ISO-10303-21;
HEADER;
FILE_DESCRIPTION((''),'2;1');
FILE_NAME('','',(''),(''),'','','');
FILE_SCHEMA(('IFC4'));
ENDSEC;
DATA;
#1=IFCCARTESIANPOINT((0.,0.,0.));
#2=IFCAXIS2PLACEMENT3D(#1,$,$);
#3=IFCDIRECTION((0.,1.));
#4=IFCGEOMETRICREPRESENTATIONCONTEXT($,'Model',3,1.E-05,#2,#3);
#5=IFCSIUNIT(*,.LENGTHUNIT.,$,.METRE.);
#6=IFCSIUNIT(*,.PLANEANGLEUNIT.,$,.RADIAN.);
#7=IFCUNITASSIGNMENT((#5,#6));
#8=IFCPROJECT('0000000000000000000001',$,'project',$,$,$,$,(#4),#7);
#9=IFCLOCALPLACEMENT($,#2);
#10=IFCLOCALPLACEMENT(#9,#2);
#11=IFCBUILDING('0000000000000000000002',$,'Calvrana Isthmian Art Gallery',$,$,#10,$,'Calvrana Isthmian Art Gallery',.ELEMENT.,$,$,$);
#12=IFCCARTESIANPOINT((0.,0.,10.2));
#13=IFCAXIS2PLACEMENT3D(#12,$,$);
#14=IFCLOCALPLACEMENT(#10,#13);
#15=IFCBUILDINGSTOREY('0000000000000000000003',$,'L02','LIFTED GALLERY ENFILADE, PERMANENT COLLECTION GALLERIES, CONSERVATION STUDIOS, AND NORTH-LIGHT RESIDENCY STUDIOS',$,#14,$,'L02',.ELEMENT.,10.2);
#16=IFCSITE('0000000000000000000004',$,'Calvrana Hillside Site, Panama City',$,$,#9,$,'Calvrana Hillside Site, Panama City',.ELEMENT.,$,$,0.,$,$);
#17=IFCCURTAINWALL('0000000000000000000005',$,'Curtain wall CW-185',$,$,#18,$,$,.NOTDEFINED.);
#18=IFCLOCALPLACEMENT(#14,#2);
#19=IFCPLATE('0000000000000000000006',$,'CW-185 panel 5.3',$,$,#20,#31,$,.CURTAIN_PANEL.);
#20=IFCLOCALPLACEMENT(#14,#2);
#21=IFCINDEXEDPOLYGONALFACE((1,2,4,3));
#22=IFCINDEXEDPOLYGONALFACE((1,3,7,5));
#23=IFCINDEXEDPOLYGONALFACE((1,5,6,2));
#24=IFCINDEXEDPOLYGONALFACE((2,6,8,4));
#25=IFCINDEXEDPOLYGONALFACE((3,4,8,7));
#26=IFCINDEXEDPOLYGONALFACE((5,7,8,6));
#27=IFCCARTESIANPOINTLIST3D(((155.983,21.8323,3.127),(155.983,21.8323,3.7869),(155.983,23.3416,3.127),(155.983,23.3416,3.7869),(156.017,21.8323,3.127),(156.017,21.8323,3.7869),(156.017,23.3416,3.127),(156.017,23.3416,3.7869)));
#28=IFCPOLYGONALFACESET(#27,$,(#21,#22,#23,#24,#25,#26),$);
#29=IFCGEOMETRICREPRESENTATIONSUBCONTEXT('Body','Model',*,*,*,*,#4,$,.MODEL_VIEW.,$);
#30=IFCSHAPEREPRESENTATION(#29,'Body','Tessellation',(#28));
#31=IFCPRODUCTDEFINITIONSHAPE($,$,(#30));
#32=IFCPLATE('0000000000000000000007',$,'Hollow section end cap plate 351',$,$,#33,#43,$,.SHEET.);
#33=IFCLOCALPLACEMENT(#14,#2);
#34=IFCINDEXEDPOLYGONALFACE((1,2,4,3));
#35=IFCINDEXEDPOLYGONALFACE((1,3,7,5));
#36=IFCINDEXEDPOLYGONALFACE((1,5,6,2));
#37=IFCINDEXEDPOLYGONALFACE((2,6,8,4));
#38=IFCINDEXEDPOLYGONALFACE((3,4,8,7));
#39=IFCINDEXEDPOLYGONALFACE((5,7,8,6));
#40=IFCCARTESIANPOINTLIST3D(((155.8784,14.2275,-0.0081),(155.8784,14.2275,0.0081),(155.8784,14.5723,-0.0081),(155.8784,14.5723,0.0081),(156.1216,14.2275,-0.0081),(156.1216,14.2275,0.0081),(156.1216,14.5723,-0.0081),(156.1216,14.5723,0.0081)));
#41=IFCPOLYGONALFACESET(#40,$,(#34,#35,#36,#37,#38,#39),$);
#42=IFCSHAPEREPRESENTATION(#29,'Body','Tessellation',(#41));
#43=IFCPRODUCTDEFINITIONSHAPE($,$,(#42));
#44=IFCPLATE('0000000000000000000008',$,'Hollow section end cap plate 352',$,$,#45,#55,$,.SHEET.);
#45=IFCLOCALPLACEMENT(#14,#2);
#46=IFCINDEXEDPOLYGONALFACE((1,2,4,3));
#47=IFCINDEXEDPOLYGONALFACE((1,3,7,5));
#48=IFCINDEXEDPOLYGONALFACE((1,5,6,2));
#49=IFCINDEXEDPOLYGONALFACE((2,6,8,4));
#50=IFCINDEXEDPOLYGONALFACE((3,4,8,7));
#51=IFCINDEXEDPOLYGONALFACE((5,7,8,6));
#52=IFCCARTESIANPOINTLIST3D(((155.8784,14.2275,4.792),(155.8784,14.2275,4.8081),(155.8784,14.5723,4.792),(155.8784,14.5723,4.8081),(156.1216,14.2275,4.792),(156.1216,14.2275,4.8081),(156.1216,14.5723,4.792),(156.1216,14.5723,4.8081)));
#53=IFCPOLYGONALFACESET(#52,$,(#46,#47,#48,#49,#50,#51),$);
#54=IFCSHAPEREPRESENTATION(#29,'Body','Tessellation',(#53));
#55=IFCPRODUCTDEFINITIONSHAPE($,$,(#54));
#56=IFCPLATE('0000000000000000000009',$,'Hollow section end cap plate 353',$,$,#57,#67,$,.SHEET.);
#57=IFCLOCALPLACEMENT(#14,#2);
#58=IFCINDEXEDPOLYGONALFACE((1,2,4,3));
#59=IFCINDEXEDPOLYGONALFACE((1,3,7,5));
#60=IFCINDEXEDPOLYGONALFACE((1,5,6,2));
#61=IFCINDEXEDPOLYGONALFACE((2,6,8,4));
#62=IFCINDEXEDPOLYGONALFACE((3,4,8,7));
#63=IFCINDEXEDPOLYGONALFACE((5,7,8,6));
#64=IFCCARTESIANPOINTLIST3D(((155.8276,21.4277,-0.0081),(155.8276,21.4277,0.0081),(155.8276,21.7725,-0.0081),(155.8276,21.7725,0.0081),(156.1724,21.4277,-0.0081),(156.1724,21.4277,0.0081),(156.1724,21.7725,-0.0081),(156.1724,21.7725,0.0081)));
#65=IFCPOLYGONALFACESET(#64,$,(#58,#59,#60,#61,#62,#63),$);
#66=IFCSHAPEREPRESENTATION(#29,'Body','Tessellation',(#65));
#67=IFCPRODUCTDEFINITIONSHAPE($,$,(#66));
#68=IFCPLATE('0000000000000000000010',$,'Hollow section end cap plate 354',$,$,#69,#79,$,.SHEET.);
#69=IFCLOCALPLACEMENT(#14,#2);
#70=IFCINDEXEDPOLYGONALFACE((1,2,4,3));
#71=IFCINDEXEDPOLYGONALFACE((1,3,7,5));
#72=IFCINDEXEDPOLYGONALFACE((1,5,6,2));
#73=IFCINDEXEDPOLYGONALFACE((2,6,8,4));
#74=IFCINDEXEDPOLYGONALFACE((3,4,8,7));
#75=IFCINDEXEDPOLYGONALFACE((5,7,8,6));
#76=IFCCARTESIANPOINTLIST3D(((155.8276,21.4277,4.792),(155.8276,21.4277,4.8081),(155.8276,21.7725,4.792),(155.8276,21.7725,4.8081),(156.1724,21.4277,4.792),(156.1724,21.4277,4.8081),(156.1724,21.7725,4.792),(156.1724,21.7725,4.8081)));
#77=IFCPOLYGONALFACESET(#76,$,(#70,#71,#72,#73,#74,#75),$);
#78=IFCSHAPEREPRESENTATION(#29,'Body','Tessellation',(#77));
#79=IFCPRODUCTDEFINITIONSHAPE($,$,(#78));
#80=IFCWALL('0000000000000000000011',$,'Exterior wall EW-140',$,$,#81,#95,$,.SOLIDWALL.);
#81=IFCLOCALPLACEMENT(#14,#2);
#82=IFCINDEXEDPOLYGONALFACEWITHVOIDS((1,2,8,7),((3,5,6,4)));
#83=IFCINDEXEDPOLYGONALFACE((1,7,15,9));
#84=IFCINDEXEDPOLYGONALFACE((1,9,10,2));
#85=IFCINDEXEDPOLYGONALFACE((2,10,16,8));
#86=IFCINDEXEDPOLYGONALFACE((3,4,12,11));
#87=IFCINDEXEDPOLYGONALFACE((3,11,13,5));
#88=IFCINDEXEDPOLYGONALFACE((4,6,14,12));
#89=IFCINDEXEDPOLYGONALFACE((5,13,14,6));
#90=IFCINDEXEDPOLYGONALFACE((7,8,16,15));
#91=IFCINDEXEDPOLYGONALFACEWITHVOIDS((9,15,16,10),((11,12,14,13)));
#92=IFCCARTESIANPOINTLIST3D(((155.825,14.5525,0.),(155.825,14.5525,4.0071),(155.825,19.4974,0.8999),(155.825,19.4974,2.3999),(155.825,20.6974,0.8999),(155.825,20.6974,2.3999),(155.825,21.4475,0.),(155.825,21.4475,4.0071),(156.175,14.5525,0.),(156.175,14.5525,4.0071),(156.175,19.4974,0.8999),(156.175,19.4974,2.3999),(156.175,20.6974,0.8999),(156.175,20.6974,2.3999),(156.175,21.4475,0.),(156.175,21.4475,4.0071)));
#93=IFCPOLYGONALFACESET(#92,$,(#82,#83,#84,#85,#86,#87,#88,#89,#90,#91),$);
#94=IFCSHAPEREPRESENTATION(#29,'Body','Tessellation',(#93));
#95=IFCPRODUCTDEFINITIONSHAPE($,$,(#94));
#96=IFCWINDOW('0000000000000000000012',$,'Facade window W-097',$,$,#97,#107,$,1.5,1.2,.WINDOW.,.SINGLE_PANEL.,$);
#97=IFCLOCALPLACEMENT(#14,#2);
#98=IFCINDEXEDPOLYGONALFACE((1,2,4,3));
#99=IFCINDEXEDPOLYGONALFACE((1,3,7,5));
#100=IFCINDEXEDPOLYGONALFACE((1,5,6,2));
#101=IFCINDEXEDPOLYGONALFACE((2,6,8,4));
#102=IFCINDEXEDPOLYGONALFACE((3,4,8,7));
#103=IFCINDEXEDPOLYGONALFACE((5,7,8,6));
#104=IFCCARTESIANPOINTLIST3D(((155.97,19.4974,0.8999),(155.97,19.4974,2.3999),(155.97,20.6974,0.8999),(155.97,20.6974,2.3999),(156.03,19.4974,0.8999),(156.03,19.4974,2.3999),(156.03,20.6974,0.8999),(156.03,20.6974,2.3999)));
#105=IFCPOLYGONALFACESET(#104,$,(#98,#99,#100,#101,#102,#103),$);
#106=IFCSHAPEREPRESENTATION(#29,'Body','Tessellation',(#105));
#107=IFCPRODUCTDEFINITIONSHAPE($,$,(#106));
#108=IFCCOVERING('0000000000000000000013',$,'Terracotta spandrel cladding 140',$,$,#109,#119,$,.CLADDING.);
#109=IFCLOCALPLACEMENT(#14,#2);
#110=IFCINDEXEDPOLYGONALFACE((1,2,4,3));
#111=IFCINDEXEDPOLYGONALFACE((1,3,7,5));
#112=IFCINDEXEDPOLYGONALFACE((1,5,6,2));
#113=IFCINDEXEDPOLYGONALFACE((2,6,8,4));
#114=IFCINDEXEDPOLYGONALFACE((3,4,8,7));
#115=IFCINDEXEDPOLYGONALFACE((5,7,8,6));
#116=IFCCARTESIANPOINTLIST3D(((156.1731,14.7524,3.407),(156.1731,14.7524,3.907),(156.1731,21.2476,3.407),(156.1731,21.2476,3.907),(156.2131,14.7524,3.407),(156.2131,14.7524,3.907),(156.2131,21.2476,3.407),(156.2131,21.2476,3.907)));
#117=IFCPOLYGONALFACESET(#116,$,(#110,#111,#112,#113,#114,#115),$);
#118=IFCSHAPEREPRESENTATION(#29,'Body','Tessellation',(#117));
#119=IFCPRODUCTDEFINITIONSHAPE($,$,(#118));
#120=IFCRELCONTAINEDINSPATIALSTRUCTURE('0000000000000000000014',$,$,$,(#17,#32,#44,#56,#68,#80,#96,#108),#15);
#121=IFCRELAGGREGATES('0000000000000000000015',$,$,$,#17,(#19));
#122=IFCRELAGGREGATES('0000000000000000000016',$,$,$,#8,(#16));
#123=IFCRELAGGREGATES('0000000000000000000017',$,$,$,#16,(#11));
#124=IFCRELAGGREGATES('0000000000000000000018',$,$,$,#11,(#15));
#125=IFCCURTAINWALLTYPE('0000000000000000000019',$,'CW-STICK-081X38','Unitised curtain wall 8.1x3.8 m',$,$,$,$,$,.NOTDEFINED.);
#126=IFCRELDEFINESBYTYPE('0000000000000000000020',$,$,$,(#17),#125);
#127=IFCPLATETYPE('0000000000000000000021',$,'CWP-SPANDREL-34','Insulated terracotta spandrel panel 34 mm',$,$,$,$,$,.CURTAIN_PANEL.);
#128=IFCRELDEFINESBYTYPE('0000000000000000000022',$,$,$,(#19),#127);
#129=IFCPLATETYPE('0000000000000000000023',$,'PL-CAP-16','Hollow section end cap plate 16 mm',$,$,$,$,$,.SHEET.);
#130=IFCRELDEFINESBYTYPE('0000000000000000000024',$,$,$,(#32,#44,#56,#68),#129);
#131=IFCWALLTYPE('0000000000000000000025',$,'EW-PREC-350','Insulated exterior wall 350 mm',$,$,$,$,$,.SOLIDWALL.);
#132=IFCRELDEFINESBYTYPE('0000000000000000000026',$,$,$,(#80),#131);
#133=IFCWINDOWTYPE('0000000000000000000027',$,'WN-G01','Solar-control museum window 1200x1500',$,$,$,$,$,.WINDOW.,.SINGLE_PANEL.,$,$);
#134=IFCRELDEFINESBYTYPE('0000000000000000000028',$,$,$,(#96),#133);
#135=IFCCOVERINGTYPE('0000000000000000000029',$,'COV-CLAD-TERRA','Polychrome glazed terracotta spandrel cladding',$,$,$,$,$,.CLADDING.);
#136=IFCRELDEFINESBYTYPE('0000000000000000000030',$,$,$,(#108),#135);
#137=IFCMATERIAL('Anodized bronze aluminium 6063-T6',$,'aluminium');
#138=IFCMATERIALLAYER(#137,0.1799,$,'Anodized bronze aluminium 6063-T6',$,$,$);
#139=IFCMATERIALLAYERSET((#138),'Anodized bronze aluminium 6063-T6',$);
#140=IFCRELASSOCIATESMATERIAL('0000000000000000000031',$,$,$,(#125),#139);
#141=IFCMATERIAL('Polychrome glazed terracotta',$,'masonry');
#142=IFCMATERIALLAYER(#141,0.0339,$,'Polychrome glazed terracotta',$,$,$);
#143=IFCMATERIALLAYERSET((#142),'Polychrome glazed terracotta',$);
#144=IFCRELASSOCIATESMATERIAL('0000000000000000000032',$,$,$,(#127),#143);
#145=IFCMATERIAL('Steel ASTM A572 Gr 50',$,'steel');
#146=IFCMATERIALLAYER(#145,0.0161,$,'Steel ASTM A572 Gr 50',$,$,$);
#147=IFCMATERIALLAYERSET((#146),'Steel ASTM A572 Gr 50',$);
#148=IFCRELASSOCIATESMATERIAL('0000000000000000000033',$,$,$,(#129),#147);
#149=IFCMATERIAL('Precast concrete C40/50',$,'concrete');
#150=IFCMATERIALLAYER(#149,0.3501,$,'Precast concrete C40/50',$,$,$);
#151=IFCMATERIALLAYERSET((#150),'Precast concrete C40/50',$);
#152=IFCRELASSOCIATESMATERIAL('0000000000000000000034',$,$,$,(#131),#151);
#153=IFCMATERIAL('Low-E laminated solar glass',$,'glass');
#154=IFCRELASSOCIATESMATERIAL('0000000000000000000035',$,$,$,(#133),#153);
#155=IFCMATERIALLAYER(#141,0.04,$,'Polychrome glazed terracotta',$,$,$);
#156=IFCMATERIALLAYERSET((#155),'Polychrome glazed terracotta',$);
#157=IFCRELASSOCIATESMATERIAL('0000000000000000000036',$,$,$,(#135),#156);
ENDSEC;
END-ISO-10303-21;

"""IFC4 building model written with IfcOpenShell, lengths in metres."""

from ifc_helpers import new_model, si_unit, direction, frame, frame_2d, origin, origin_2d, place, context, subcontext, project, spatial, rectangle, extrude, material, layer, layer_set, type_object, element, fill, aggregate, save


model = new_model("IFC4")

# Units and contexts
model_context = context("Model", 3, precision=1e-05, world=origin(), true_north=direction((0.0, 1.0)))
body_context = subcontext(model_context, "Body", "Model", "MODEL_VIEW")
ifc_project = project(units=[si_unit("LENGTHUNIT", "METRE"), si_unit("PLANEANGLEUNIT", "RADIAN")], contexts=[model_context])

# Site, building, storey
site_placement = place(None, origin())
site = spatial("IfcSite", under=ifc_project, at=site_placement, Name="Calvrana Hillside Site, Panama City", LongName="Calvrana Hillside Site, Panama City", CompositionType="ELEMENT", RefElevation=0.0)
building_placement = place(site_placement, origin())
building = spatial("IfcBuilding", under=site, at=building_placement, Name="Calvrana Isthmian Art Gallery", LongName="Calvrana Isthmian Art Gallery", CompositionType="ELEMENT")
storey_placement = place(building_placement, frame((0.0, 0.0, 10.2)))
storey = spatial("IfcBuildingStorey", under=building, at=storey_placement, Name="L02", Description="LIFTED GALLERY ENFILADE, PERMANENT COLLECTION GALLERIES, CONSERVATION STUDIOS, AND NORTH-LIGHT RESIDENCY STUDIOS", LongName="L02", CompositionType="ELEMENT", Elevation=10.2)

# Curtain wall, plate
ifc_material_1 = material(Name="Anodized bronze aluminium 6063-T6", Category="aluminium")
ifc_layer_1 = layer(ifc_material_1, 0.1799, Name="Anodized bronze aluminium 6063-T6")
ifc_layer_set_1 = layer_set([ifc_layer_1], Name="Anodized bronze aluminium 6063-T6")
curtain_wall_type = type_object("IfcCurtainWallType", Name="CW-STICK-081X38", Description="Unitised curtain wall 8.1x3.8 m", PredefinedType="NOTDEFINED", material=ifc_layer_set_1)
curtain_wall_placement = place(storey_placement, origin())
curtain_wall = element("IfcCurtainWall", 1, at=curtain_wall_placement, inside=storey, type_object=curtain_wall_type, Name="Curtain wall CW-185", PredefinedType="NOTDEFINED")
ifc_material_2 = material(Name="Polychrome glazed terracotta", Category="masonry")
ifc_layer_2 = layer(ifc_material_2, 0.0339, Name="Polychrome glazed terracotta")
ifc_layer_set_2 = layer_set([ifc_layer_2], Name="Polychrome glazed terracotta")
plate_type_1 = type_object("IfcPlateType", Name="CWP-SPANDREL-34", Description="Insulated terracotta spandrel panel 34 mm", PredefinedType="CURTAIN_PANEL", material=ifc_layer_set_2)
plate_1_placement = place(storey_placement, frame((156.0, 22.5869, 3.127), z_axis=(0.0, 0.0, 1.0), x_axis=(0.0, -1.0, 0.0)))
plate_1 = element("IfcPlate", 2, at=plate_1_placement, type_object=plate_type_1, Name="CW-185 panel 5.3", PredefinedType="CURTAIN_PANEL", context=body_context, shape_type="SweptSolid", body=[
    extrude(rectangle(XDim=1.5093, YDim=0.0339, at=origin_2d()), origin(), (0.0, 0.0, 1.0), 0.6599),
])
aggregate(curtain_wall, [plate_1])

# Plates
ifc_material_3 = material(Name="Steel ASTM A572 Gr 50", Category="steel")
ifc_layer_3 = layer(ifc_material_3, 0.0161, Name="Steel ASTM A572 Gr 50")
ifc_layer_set_3 = layer_set([ifc_layer_3], Name="Steel ASTM A572 Gr 50")
plate_type_2 = type_object("IfcPlateType", Name="PL-CAP-16", Description="Hollow section end cap plate 16 mm", PredefinedType="SHEET", material=ifc_layer_set_3)
for number, where, z_axis, x_axis, name in (
    (3, (156.0, 14.3999, -0.0081), (0.0, 0.0, 1.0), (1.0, 0.0, 0.0), "Hollow section end cap plate 351"),
    (4, (156.0, 14.3999, 4.792), (0.0, 0.0, 1.0), (1.0, 0.0, 0.0), "Hollow section end cap plate 352"),
):
    element("IfcPlate", number, at=place(storey_placement, frame(where, z_axis=z_axis, x_axis=x_axis)), inside=storey, type_object=plate_type_2, Name=name, PredefinedType="SHEET", context=body_context, shape_type="SweptSolid", body=[
        extrude(rectangle(XDim=0.2432, YDim=0.3447, at=origin_2d()), origin(), (0.0, 0.0, 1.0), 0.0161),
    ])
for number, where, z_axis, x_axis, name in (
    (5, (156.0, 21.6001, -0.0081), (0.0, 0.0, 1.0), (1.0, 0.0, 0.0), "Hollow section end cap plate 353"),
    (6, (156.0, 21.6001, 4.792), (0.0, 0.0, 1.0), (1.0, 0.0, 0.0), "Hollow section end cap plate 354"),
):
    element("IfcPlate", number, at=place(storey_placement, frame(where, z_axis=z_axis, x_axis=x_axis)), inside=storey, type_object=plate_type_2, Name=name, PredefinedType="SHEET", context=body_context, shape_type="SweptSolid", body=[
        extrude(rectangle(XDim=0.3447, YDim=0.3447, at=origin_2d()), origin(), (0.0, 0.0, 1.0), 0.0161),
    ])

# Wall, opening, window
ifc_material_4 = material(Name="Precast concrete C40/50", Category="concrete")
ifc_layer_4 = layer(ifc_material_4, 0.3501, Name="Precast concrete C40/50")
ifc_layer_set_4 = layer_set([ifc_layer_4], Name="Precast concrete C40/50")
wall_type = type_object("IfcWallType", Name="EW-PREC-350", Description="Insulated exterior wall 350 mm", PredefinedType="SOLIDWALL", material=ifc_layer_set_4)
wall_placement = place(storey_placement, frame((156.0, 21.4475, 0.0), z_axis=(0.0, 0.0, 1.0), x_axis=(0.0, -1.0, 0.0)))
wall = element("IfcWall", 7, at=wall_placement, inside=storey, type_object=wall_type, Name="Exterior wall EW-140", PredefinedType="SOLIDWALL", context=body_context, shape_type="SweptSolid", body=[
    extrude(rectangle(XDim=6.895, YDim=0.3501, at=frame_2d((3.4475, 0.0))), origin(), (0.0, 0.0, 1.0), 4.0071),
])
opening_placement = place(wall_placement, frame((0.75, 0.0, 0.8999)))
opening = element("IfcOpeningElement", 8, at=opening_placement, cuts=wall, PredefinedType="OPENING", context=body_context, shape_type="SweptSolid", body=[
    extrude(rectangle(XDim=1.2, YDim=1.5, at=frame_2d((0.6001, 0.75))), frame((0.0, 0.1853, 0.0), z_axis=(0.0, -1.0, 0.0), x_axis=(1.0, 0.0, 0.0)), (0.0, 0.0, 1.0), 0.3706),
])
ifc_material_5 = material(Name="Low-E laminated solar glass", Category="glass")
window_type = type_object("IfcWindowType", Name="WN-G01", Description="Solar-control museum window 1200x1500", PartitioningType="SINGLE_PANEL", PredefinedType="WINDOW", material=ifc_material_5)
window_placement = place(opening_placement, origin())
window = element("IfcWindow", 9, at=window_placement, inside=storey, type_object=window_type, Name="Facade window W-097", OverallHeight=1.5, OverallWidth=1.2, PartitioningType="SINGLE_PANEL", PredefinedType="WINDOW", context=body_context, shape_type="SweptSolid", body=[
    extrude(rectangle(XDim=1.2, YDim=1.5, at=frame_2d((0.6001, 0.75))), frame((0.0, 0.03, 0.0), z_axis=(0.0, -1.0, 0.0), x_axis=(1.0, 0.0, 0.0)), (0.0, 0.0, 1.0), 0.0601),
])
fill(opening, window)

# Covering
ifc_layer_5 = layer(ifc_material_2, 0.04, Name="Polychrome glazed terracotta")
ifc_layer_set_5 = layer_set([ifc_layer_5], Name="Polychrome glazed terracotta")
covering_type = type_object("IfcCoveringType", Name="COV-CLAD-TERRA", Description="Polychrome glazed terracotta spandrel cladding", PredefinedType="CLADDING", material=ifc_layer_set_5)
covering_placement = place(storey_placement, frame((156.1931, 18.0, 3.407), z_axis=(0.0, 0.0, 1.0), x_axis=(0.0, -1.0, 0.0)))
element("IfcCovering", 10, at=covering_placement, inside=storey, type_object=covering_type, Name="Terracotta spandrel cladding 140", PredefinedType="CLADDING", context=body_context, shape_type="SweptSolid", body=[
    extrude(rectangle(XDim=6.4951, YDim=0.04, at=origin_2d()), origin(), (0.0, 0.0, 1.0), 0.5),
])

save(model, "model.ifc")
